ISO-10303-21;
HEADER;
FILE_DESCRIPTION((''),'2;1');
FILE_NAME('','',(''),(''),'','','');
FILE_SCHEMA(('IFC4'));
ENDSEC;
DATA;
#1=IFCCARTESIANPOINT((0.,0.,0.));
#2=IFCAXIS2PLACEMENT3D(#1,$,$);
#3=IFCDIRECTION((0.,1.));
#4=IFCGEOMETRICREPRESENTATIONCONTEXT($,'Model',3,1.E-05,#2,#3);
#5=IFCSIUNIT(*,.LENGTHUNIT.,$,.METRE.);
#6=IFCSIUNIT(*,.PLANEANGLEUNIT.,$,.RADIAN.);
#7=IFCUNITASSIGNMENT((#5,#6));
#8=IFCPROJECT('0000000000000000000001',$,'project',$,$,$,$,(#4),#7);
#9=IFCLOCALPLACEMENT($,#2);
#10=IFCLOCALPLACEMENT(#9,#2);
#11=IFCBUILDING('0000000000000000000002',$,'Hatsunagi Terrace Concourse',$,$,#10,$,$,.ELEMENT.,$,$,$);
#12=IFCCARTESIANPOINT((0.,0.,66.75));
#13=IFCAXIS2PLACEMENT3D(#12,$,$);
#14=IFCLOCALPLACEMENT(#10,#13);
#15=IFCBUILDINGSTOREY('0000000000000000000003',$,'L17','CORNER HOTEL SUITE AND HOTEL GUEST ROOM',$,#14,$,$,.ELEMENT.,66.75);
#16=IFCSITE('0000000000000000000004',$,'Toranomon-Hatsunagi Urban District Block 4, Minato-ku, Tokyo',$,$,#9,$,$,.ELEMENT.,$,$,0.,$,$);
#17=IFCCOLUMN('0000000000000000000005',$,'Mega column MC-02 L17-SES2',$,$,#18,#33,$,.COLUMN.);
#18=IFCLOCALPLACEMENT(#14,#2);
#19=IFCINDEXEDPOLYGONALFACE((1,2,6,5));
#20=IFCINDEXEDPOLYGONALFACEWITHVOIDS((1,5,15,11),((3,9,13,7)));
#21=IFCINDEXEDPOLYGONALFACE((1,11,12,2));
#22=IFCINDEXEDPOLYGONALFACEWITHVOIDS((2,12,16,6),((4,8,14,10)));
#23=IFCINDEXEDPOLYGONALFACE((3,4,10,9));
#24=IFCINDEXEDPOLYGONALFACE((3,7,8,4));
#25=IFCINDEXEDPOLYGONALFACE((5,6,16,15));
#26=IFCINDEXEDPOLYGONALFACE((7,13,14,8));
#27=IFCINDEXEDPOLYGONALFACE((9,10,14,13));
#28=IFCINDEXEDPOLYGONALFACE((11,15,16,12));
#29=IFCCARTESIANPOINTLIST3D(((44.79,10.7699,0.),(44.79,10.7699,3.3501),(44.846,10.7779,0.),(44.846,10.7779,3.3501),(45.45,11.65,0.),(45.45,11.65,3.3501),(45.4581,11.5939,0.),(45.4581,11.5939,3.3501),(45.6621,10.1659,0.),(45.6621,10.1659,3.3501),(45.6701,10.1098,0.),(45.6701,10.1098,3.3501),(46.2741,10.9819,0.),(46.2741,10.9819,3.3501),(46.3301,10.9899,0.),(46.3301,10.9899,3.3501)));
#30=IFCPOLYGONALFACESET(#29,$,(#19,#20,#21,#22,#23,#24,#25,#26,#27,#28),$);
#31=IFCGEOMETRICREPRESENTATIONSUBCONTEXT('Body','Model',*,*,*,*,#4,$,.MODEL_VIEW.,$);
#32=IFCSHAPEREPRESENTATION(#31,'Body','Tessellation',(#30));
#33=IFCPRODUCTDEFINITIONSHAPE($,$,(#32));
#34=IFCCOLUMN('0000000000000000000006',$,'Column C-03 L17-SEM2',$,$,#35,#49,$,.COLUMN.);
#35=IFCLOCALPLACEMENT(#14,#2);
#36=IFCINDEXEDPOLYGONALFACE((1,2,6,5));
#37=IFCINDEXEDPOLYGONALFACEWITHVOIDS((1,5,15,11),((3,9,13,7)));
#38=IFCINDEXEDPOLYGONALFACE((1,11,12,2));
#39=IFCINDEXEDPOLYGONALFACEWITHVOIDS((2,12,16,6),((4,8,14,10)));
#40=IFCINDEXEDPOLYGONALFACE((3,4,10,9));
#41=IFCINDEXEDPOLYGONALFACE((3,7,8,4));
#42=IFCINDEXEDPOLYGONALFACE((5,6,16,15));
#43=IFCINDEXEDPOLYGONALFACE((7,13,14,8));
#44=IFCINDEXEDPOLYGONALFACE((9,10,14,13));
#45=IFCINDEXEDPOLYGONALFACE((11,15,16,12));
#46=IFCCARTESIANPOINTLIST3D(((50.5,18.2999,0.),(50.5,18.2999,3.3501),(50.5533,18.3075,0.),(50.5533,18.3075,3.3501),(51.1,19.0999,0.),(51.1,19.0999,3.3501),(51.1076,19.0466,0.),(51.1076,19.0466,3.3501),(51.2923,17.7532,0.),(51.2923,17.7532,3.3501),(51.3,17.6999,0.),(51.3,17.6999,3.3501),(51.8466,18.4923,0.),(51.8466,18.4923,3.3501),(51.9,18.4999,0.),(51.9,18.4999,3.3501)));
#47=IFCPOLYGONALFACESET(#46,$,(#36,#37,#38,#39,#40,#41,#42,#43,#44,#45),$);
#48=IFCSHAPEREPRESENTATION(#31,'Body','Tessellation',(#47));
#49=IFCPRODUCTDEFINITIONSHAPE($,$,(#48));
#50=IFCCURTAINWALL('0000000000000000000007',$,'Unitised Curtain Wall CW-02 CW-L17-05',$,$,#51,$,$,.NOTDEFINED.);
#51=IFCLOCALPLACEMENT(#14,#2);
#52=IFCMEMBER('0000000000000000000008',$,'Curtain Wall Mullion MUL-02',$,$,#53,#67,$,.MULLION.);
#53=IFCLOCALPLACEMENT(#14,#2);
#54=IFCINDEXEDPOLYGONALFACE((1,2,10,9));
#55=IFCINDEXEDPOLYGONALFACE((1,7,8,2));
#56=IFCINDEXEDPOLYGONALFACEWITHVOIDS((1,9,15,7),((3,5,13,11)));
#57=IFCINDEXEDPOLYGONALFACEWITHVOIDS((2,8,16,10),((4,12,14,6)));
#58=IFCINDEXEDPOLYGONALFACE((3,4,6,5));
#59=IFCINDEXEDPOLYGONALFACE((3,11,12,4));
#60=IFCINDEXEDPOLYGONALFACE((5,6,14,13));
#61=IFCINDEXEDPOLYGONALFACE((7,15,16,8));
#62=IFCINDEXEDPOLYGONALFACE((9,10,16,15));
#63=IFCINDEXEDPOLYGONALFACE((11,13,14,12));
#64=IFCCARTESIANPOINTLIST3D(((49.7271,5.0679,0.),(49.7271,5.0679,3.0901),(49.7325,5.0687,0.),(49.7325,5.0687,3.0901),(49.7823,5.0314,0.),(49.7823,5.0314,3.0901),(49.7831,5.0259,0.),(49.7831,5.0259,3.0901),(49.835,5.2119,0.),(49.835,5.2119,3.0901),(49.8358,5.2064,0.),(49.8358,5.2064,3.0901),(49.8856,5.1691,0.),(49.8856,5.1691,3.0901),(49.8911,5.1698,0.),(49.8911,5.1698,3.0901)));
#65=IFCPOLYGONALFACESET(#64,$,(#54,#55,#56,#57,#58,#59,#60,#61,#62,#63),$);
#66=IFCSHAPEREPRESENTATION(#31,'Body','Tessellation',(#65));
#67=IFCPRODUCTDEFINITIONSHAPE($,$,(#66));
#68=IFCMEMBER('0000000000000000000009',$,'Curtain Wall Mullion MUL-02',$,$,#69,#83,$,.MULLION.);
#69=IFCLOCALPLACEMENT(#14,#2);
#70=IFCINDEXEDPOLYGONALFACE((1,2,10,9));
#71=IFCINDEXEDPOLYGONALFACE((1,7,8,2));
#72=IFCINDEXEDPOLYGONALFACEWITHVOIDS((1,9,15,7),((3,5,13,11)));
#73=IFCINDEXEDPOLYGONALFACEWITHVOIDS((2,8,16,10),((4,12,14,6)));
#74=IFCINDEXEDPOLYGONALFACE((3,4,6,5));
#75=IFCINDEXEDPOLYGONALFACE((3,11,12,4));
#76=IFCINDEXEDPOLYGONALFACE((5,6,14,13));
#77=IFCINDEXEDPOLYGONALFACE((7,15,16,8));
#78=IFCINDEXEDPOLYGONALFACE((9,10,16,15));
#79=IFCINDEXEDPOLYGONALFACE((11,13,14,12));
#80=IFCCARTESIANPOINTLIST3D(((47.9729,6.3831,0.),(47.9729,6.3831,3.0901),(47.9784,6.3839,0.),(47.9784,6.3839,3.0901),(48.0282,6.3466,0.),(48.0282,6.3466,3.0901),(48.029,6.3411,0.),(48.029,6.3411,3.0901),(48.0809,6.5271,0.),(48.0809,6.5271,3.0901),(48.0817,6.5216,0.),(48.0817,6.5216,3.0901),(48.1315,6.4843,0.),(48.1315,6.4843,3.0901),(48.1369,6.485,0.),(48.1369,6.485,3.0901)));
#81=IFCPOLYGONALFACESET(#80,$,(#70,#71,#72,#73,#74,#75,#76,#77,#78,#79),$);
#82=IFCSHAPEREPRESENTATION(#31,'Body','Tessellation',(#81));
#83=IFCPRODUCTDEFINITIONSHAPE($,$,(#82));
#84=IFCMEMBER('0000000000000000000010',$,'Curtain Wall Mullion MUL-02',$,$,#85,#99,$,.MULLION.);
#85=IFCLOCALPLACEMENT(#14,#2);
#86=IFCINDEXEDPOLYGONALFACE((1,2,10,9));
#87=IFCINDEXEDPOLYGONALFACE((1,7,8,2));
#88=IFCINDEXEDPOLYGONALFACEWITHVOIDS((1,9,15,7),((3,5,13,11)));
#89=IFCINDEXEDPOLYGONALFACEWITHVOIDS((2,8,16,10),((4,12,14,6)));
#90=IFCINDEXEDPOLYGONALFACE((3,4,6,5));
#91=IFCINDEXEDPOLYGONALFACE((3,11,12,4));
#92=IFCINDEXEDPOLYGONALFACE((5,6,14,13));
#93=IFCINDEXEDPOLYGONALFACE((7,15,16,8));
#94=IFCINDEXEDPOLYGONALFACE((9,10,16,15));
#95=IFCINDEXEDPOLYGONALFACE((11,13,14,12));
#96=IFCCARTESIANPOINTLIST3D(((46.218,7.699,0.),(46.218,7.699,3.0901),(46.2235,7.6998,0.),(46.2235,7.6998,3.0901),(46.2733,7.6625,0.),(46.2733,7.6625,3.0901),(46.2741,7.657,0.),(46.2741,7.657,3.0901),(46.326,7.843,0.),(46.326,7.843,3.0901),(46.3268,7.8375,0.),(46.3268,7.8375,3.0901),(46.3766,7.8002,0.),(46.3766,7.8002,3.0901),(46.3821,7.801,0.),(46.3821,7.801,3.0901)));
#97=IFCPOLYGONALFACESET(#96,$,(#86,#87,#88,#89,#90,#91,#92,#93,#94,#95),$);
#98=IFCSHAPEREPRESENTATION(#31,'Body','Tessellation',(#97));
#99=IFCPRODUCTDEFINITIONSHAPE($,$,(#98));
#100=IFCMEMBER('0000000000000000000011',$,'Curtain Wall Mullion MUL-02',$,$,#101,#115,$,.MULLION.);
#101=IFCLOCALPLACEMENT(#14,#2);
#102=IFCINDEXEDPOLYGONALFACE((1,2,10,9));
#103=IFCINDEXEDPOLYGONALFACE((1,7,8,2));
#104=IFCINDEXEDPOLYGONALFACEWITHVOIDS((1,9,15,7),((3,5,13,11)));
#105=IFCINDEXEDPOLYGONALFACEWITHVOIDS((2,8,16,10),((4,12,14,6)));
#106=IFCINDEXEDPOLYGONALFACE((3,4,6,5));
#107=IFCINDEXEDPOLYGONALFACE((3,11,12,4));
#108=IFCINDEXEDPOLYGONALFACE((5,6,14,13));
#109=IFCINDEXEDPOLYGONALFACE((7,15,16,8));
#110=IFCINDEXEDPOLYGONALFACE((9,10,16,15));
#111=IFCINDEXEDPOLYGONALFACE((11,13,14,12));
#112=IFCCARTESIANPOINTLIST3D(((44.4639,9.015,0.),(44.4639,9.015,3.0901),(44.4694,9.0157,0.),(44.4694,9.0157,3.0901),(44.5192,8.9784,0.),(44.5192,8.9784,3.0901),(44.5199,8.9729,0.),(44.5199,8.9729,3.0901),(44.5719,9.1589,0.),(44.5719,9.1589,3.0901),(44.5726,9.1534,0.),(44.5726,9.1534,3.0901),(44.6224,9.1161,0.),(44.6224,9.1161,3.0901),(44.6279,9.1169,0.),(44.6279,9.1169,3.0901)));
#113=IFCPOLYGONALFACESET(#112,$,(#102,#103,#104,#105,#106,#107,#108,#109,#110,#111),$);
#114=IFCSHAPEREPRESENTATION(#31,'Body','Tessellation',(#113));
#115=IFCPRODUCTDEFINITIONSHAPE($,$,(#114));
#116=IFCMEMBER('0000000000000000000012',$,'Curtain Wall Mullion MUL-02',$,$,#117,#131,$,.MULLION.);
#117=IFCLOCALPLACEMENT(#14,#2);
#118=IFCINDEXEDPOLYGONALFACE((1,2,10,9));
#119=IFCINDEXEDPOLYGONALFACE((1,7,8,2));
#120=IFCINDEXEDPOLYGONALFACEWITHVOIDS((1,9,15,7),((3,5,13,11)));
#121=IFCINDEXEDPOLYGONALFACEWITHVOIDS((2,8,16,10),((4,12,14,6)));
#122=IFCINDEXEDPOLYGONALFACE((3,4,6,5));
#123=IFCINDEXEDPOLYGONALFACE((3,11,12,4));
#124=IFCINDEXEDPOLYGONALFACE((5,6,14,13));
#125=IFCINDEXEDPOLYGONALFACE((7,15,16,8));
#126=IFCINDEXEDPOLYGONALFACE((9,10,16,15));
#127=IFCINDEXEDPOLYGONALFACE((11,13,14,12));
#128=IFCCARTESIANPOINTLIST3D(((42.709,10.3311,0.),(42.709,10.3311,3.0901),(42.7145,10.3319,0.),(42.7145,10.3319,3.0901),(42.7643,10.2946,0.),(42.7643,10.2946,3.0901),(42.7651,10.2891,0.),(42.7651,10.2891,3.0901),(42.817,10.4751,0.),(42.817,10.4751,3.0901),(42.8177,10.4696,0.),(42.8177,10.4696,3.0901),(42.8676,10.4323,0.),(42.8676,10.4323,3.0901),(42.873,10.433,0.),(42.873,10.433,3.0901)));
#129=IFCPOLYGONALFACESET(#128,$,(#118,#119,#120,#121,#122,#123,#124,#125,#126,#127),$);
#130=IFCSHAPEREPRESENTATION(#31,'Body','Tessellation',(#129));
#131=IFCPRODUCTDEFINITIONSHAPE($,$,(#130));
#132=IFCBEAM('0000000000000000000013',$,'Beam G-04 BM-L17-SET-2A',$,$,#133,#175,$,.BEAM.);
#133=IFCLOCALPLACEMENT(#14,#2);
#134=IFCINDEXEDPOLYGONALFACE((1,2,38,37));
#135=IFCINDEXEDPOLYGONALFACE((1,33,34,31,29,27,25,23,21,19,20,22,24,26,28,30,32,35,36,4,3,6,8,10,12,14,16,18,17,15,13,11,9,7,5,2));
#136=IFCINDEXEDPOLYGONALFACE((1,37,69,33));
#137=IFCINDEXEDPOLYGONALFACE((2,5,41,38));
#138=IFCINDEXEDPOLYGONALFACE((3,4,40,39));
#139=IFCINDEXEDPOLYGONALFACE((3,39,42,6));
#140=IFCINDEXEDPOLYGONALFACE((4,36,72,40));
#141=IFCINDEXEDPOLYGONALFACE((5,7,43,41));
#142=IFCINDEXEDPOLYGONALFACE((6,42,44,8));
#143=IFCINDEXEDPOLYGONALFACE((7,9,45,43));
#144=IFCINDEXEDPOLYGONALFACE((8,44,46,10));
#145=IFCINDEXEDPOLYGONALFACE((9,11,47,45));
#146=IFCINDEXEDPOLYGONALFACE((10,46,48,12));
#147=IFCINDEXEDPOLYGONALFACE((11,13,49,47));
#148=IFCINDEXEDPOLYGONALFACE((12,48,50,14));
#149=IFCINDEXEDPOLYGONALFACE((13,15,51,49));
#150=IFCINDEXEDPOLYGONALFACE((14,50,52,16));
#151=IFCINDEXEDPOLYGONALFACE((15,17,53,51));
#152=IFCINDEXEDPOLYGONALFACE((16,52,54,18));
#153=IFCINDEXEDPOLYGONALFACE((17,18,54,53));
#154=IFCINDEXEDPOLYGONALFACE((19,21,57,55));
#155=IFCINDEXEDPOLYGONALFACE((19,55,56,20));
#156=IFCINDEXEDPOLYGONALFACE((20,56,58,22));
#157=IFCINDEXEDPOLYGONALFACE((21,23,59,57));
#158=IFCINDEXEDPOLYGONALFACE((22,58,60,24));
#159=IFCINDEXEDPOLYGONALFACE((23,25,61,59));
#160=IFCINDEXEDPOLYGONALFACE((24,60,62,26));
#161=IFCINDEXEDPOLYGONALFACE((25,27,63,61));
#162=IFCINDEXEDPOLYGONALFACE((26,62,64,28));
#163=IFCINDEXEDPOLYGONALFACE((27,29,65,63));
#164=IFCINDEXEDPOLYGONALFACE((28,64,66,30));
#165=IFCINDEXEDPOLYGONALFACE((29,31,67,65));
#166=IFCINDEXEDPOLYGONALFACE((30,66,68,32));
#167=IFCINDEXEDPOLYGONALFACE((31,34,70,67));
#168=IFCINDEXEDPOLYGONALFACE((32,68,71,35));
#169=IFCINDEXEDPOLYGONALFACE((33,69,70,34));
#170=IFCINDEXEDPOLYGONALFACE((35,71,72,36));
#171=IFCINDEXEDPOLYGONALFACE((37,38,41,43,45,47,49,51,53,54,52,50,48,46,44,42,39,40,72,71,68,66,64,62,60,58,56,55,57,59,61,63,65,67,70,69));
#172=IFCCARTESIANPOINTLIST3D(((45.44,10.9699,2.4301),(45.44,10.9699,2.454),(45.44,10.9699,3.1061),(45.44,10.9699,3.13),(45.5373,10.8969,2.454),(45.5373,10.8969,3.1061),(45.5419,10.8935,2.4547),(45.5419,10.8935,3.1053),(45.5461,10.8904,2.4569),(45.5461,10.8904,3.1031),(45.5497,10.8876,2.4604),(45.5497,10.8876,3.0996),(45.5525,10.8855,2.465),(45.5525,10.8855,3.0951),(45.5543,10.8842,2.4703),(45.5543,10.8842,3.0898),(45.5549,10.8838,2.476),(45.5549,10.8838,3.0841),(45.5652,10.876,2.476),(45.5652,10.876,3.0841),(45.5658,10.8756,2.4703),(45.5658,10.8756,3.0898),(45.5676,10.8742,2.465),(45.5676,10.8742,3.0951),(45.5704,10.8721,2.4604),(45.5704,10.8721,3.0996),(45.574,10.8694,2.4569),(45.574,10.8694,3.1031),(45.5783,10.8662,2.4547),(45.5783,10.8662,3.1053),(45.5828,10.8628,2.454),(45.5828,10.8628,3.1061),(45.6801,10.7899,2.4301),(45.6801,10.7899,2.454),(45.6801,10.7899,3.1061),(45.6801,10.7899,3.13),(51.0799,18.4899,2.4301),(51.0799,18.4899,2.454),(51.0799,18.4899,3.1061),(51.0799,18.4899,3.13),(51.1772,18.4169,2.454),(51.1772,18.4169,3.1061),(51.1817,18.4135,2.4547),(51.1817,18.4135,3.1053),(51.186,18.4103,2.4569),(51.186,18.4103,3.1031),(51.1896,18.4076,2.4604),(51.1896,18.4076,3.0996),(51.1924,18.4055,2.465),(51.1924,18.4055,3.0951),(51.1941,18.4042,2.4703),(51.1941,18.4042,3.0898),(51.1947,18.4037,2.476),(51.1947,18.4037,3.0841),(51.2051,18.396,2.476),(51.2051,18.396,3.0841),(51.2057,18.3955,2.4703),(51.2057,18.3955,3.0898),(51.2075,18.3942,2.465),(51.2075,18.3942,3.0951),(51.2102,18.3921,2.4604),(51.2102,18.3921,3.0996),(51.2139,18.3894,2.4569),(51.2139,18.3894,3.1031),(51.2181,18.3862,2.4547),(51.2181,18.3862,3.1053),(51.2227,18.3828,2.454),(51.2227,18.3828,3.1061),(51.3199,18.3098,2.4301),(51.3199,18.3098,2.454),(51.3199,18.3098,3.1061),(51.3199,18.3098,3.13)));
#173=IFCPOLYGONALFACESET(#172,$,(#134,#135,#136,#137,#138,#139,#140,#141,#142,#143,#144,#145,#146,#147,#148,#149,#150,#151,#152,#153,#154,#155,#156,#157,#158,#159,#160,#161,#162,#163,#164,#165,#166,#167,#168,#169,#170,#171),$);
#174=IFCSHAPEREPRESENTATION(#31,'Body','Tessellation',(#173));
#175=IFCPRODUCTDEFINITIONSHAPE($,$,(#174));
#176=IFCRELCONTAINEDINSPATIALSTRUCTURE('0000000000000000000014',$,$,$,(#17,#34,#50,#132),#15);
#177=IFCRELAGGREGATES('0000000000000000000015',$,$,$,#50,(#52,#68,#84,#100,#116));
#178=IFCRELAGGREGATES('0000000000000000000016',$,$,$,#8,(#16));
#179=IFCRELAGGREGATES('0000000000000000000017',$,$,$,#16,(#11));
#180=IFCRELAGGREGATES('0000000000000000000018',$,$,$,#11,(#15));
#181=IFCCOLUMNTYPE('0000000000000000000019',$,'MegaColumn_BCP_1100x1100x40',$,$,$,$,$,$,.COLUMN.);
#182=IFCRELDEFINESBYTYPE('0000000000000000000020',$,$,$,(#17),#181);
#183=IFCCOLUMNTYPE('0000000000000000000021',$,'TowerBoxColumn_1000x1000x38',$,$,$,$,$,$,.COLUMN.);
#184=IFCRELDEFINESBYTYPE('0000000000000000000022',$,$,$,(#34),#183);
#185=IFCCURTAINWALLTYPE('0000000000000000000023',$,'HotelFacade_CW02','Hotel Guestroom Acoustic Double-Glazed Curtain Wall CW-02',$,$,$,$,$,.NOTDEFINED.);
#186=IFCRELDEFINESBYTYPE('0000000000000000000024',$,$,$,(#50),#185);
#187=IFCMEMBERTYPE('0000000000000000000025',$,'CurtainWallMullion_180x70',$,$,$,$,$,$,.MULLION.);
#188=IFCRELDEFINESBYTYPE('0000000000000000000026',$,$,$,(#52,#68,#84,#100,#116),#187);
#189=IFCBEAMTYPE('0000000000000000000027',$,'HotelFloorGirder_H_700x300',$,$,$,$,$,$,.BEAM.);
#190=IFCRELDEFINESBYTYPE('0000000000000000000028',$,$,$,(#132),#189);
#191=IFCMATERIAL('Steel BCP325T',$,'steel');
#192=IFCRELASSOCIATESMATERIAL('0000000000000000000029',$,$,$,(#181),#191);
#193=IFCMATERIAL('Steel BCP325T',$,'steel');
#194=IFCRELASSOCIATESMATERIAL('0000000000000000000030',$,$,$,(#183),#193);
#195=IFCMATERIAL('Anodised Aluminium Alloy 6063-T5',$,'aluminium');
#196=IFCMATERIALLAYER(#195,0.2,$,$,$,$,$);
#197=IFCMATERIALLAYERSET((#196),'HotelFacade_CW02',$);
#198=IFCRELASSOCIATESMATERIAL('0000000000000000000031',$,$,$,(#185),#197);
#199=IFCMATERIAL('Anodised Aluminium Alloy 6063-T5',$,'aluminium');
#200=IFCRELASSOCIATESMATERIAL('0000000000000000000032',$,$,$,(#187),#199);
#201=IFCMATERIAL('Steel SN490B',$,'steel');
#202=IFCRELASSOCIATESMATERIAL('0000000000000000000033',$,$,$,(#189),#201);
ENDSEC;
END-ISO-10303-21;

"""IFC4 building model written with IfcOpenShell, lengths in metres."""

from ifc_helpers import new_model, si_unit, direction, frame, origin, origin_2d, place, context, subcontext, project, spatial, hollow_rectangle, i_section, extrude, material, layer, layer_set, material_profile, profile_set, type_object, element, aggregate, save


model = new_model("IFC4")

# Units and contexts
model_context = context("Model", 3, precision=1e-05, world=origin(), true_north=direction((0.0, 1.0)))
body_context = subcontext(model_context, "Body", "Model", "MODEL_VIEW")
ifc_project = project(units=[si_unit("LENGTHUNIT", "METRE"), si_unit("PLANEANGLEUNIT", "RADIAN")], contexts=[model_context])

# Site, building, storey
site_placement = place(None, origin())
site = spatial("IfcSite", under=ifc_project, at=site_placement, Name="Toranomon-Hatsunagi Urban District Block 4, Minato-ku, Tokyo", CompositionType="ELEMENT", RefElevation=0.0)
building_placement = place(site_placement, origin())
building = spatial("IfcBuilding", under=site, at=building_placement, Name="Hatsunagi Terrace Concourse", CompositionType="ELEMENT")
storey_placement = place(building_placement, frame((0.0, 0.0, 66.75)))
storey = spatial("IfcBuildingStorey", under=building, at=storey_placement, Name="L17", Description="CORNER HOTEL SUITE AND HOTEL GUEST ROOM", CompositionType="ELEMENT", Elevation=66.75)

# Columns
ifc_material_1 = material(Name="Steel BCP325T", Category="steel")
ifc_material_profile_1 = material_profile(ifc_material_1, hollow_rectangle(XDim=1.1001, YDim=1.1001, WallThickness=0.04, at=origin_2d()), Name="BCP-1100x1100x40")
ifc_profile_set_1 = profile_set([ifc_material_profile_1], Name="Steel BCP325T")
column_type_1 = type_object("IfcColumnType", Name="MegaColumn_BCP_1100x1100x40", PredefinedType="COLUMN", material=ifc_profile_set_1)
column_1_placement = place(storey_placement, frame((45.5601, 10.8799, 0.0), z_axis=(0.0, 0.0, 1.0), x_axis=(0.8, -0.6, 0.0)))
element("IfcColumn", 1, at=column_1_placement, inside=storey, type_object=column_type_1, Name="Mega column MC-02 L17-SES2", PredefinedType="COLUMN", context=body_context, shape_type="SweptSolid", body=[
    extrude(hollow_rectangle(XDim=1.1001, YDim=1.1001, WallThickness=0.04, at=origin_2d()), origin(), (0.0, 0.0, 1.0), 3.3501),
])
ifc_material_2 = material(Name="Steel BCP325T", Category="steel")
ifc_material_profile_2 = material_profile(ifc_material_2, hollow_rectangle(XDim=1.0, YDim=1.0, WallThickness=0.0381, at=origin_2d()), Name="BCP-1000x1000x38")
ifc_profile_set_2 = profile_set([ifc_material_profile_2], Name="Steel BCP325T")
column_type_2 = type_object("IfcColumnType", Name="TowerBoxColumn_1000x1000x38", PredefinedType="COLUMN", material=ifc_profile_set_2)
column_2_placement = place(storey_placement, frame((51.2, 18.3999, 0.0), z_axis=(0.0, 0.0, 1.0), x_axis=(0.8, -0.6, 0.0)))
element("IfcColumn", 2, at=column_2_placement, inside=storey, type_object=column_type_2, Name="Column C-03 L17-SEM2", PredefinedType="COLUMN", context=body_context, shape_type="SweptSolid", body=[
    extrude(hollow_rectangle(XDim=1.0, YDim=1.0, WallThickness=0.0381, at=origin_2d()), origin(), (0.0, 0.0, 1.0), 3.3501),
])

# Curtain wall, members
ifc_material_3 = material(Name="Anodised Aluminium Alloy 6063-T5", Category="aluminium")
ifc_layer_1 = layer(ifc_material_3, 0.2)
ifc_layer_set_1 = layer_set([ifc_layer_1], Name="HotelFacade_CW02")
curtain_wall_type = type_object("IfcCurtainWallType", Name="HotelFacade_CW02", Description="Hotel Guestroom Acoustic Double-Glazed Curtain Wall CW-02", PredefinedType="NOTDEFINED", material=ifc_layer_set_1)
curtain_wall_placement = place(storey_placement, origin())
curtain_wall = element("IfcCurtainWall", 3, at=curtain_wall_placement, inside=storey, type_object=curtain_wall_type, Name="Unitised Curtain Wall CW-02 CW-L17-05", PredefinedType="NOTDEFINED")
ifc_material_4 = material(Name="Anodised Aluminium Alloy 6063-T5", Category="aluminium")
ifc_material_profile_3 = material_profile(ifc_material_4, hollow_rectangle(XDim=0.0701, YDim=0.1799, WallThickness=0.0039, at=origin_2d()), Name="ALU-MUL-180x70x4")
ifc_profile_set_3 = profile_set([ifc_material_profile_3], Name="Anodised Aluminium Alloy 6063-T5")
member_type = type_object("IfcMemberType", Name="CurtainWallMullion_180x70", PredefinedType="MULLION", material=ifc_profile_set_3)
member_1_placement = place(storey_placement, frame((49.8091, 5.1189, 0.0), z_axis=(0.0, 0.0, 1.0), x_axis=(-0.800003, 0.599996, 0.0)))
member_1 = element("IfcMember", 4, at=member_1_placement, type_object=member_type, Name="Curtain Wall Mullion MUL-02", PredefinedType="MULLION", context=body_context, shape_type="SweptSolid", body=[
    extrude(hollow_rectangle(XDim=0.0701, YDim=0.1799, WallThickness=0.0039, at=origin_2d()), origin(), (0.0, 0.0, 1.0), 3.0901),
])
member_2_placement = place(storey_placement, frame((48.0549, 6.4341, 0.0), z_axis=(0.0, 0.0, 1.0), x_axis=(-0.800003, 0.599996, 0.0)))
member_2 = element("IfcMember", 5, at=member_2_placement, type_object=member_type, Name="Curtain Wall Mullion MUL-02", PredefinedType="MULLION", context=body_context, shape_type="SweptSolid", body=[
    extrude(hollow_rectangle(XDim=0.0701, YDim=0.1799, WallThickness=0.0039, at=origin_2d()), origin(), (0.0, 0.0, 1.0), 3.0901),
])
member_3_placement = place(storey_placement, frame((46.3, 7.75, 0.0), z_axis=(0.0, 0.0, 1.0), x_axis=(-0.800003, 0.599996, 0.0)))
member_3 = element("IfcMember", 6, at=member_3_placement, type_object=member_type, Name="Curtain Wall Mullion MUL-02", PredefinedType="MULLION", context=body_context, shape_type="SweptSolid", body=[
    extrude(hollow_rectangle(XDim=0.0701, YDim=0.1799, WallThickness=0.0039, at=origin_2d()), origin(), (0.0, 0.0, 1.0), 3.0901),
])
member_4_placement = place(storey_placement, frame((44.5459, 9.0659, 0.0), z_axis=(0.0, 0.0, 1.0), x_axis=(-0.800003, 0.599996, 0.0)))
member_4 = element("IfcMember", 7, at=member_4_placement, type_object=member_type, Name="Curtain Wall Mullion MUL-02", PredefinedType="MULLION", context=body_context, shape_type="SweptSolid", body=[
    extrude(hollow_rectangle(XDim=0.0701, YDim=0.1799, WallThickness=0.0039, at=origin_2d()), origin(), (0.0, 0.0, 1.0), 3.0901),
])
member_5_placement = place(storey_placement, frame((42.791, 10.3821, 0.0), z_axis=(0.0, 0.0, 1.0), x_axis=(-0.800003, 0.599996, 0.0)))
member_5 = element("IfcMember", 8, at=member_5_placement, type_object=member_type, Name="Curtain Wall Mullion MUL-02", PredefinedType="MULLION", context=body_context, shape_type="SweptSolid", body=[
    extrude(hollow_rectangle(XDim=0.0701, YDim=0.1799, WallThickness=0.0039, at=origin_2d()), origin(), (0.0, 0.0, 1.0), 3.0901),
])

# Beam
ifc_material_5 = material(Name="Steel SN490B", Category="steel")
ifc_material_profile_4 = material_profile(ifc_material_5, i_section(OverallWidth=0.3, OverallDepth=0.7, WebThickness=0.0129, FlangeThickness=0.0239, FilletRadius=0.022, at=origin_2d()), Name="H-700x300x13x24")
ifc_profile_set_4 = profile_set([ifc_material_profile_4], Name="Steel SN490B")
beam_type_1 = type_object("IfcBeamType", Name="HotelFloorGirder_H_700x300", PredefinedType="BEAM", material=ifc_profile_set_4)
beam_1_placement = place(storey_placement, frame((45.5601, 10.8799, 2.78), z_axis=(0.599992, 0.800006, 0.0), x_axis=(-0.800006, 0.599992, 0.0)))
element("IfcBeam", 9, at=beam_1_placement, inside=storey, type_object=beam_type_1, Name="Beam G-04 BM-L17-SET-2A", PredefinedType="BEAM", context=body_context, shape_type="SweptSolid", body=[
    extrude(i_section(OverallWidth=0.3, OverallDepth=0.7, WebThickness=0.0129, FlangeThickness=0.0239, FilletRadius=0.022, at=origin_2d()), origin(), (0.0, 0.0, 1.0), 9.3999),
])

aggregate(curtain_wall, [member_1, member_2, member_3, member_4, member_5])

save(model, "model.ifc")
